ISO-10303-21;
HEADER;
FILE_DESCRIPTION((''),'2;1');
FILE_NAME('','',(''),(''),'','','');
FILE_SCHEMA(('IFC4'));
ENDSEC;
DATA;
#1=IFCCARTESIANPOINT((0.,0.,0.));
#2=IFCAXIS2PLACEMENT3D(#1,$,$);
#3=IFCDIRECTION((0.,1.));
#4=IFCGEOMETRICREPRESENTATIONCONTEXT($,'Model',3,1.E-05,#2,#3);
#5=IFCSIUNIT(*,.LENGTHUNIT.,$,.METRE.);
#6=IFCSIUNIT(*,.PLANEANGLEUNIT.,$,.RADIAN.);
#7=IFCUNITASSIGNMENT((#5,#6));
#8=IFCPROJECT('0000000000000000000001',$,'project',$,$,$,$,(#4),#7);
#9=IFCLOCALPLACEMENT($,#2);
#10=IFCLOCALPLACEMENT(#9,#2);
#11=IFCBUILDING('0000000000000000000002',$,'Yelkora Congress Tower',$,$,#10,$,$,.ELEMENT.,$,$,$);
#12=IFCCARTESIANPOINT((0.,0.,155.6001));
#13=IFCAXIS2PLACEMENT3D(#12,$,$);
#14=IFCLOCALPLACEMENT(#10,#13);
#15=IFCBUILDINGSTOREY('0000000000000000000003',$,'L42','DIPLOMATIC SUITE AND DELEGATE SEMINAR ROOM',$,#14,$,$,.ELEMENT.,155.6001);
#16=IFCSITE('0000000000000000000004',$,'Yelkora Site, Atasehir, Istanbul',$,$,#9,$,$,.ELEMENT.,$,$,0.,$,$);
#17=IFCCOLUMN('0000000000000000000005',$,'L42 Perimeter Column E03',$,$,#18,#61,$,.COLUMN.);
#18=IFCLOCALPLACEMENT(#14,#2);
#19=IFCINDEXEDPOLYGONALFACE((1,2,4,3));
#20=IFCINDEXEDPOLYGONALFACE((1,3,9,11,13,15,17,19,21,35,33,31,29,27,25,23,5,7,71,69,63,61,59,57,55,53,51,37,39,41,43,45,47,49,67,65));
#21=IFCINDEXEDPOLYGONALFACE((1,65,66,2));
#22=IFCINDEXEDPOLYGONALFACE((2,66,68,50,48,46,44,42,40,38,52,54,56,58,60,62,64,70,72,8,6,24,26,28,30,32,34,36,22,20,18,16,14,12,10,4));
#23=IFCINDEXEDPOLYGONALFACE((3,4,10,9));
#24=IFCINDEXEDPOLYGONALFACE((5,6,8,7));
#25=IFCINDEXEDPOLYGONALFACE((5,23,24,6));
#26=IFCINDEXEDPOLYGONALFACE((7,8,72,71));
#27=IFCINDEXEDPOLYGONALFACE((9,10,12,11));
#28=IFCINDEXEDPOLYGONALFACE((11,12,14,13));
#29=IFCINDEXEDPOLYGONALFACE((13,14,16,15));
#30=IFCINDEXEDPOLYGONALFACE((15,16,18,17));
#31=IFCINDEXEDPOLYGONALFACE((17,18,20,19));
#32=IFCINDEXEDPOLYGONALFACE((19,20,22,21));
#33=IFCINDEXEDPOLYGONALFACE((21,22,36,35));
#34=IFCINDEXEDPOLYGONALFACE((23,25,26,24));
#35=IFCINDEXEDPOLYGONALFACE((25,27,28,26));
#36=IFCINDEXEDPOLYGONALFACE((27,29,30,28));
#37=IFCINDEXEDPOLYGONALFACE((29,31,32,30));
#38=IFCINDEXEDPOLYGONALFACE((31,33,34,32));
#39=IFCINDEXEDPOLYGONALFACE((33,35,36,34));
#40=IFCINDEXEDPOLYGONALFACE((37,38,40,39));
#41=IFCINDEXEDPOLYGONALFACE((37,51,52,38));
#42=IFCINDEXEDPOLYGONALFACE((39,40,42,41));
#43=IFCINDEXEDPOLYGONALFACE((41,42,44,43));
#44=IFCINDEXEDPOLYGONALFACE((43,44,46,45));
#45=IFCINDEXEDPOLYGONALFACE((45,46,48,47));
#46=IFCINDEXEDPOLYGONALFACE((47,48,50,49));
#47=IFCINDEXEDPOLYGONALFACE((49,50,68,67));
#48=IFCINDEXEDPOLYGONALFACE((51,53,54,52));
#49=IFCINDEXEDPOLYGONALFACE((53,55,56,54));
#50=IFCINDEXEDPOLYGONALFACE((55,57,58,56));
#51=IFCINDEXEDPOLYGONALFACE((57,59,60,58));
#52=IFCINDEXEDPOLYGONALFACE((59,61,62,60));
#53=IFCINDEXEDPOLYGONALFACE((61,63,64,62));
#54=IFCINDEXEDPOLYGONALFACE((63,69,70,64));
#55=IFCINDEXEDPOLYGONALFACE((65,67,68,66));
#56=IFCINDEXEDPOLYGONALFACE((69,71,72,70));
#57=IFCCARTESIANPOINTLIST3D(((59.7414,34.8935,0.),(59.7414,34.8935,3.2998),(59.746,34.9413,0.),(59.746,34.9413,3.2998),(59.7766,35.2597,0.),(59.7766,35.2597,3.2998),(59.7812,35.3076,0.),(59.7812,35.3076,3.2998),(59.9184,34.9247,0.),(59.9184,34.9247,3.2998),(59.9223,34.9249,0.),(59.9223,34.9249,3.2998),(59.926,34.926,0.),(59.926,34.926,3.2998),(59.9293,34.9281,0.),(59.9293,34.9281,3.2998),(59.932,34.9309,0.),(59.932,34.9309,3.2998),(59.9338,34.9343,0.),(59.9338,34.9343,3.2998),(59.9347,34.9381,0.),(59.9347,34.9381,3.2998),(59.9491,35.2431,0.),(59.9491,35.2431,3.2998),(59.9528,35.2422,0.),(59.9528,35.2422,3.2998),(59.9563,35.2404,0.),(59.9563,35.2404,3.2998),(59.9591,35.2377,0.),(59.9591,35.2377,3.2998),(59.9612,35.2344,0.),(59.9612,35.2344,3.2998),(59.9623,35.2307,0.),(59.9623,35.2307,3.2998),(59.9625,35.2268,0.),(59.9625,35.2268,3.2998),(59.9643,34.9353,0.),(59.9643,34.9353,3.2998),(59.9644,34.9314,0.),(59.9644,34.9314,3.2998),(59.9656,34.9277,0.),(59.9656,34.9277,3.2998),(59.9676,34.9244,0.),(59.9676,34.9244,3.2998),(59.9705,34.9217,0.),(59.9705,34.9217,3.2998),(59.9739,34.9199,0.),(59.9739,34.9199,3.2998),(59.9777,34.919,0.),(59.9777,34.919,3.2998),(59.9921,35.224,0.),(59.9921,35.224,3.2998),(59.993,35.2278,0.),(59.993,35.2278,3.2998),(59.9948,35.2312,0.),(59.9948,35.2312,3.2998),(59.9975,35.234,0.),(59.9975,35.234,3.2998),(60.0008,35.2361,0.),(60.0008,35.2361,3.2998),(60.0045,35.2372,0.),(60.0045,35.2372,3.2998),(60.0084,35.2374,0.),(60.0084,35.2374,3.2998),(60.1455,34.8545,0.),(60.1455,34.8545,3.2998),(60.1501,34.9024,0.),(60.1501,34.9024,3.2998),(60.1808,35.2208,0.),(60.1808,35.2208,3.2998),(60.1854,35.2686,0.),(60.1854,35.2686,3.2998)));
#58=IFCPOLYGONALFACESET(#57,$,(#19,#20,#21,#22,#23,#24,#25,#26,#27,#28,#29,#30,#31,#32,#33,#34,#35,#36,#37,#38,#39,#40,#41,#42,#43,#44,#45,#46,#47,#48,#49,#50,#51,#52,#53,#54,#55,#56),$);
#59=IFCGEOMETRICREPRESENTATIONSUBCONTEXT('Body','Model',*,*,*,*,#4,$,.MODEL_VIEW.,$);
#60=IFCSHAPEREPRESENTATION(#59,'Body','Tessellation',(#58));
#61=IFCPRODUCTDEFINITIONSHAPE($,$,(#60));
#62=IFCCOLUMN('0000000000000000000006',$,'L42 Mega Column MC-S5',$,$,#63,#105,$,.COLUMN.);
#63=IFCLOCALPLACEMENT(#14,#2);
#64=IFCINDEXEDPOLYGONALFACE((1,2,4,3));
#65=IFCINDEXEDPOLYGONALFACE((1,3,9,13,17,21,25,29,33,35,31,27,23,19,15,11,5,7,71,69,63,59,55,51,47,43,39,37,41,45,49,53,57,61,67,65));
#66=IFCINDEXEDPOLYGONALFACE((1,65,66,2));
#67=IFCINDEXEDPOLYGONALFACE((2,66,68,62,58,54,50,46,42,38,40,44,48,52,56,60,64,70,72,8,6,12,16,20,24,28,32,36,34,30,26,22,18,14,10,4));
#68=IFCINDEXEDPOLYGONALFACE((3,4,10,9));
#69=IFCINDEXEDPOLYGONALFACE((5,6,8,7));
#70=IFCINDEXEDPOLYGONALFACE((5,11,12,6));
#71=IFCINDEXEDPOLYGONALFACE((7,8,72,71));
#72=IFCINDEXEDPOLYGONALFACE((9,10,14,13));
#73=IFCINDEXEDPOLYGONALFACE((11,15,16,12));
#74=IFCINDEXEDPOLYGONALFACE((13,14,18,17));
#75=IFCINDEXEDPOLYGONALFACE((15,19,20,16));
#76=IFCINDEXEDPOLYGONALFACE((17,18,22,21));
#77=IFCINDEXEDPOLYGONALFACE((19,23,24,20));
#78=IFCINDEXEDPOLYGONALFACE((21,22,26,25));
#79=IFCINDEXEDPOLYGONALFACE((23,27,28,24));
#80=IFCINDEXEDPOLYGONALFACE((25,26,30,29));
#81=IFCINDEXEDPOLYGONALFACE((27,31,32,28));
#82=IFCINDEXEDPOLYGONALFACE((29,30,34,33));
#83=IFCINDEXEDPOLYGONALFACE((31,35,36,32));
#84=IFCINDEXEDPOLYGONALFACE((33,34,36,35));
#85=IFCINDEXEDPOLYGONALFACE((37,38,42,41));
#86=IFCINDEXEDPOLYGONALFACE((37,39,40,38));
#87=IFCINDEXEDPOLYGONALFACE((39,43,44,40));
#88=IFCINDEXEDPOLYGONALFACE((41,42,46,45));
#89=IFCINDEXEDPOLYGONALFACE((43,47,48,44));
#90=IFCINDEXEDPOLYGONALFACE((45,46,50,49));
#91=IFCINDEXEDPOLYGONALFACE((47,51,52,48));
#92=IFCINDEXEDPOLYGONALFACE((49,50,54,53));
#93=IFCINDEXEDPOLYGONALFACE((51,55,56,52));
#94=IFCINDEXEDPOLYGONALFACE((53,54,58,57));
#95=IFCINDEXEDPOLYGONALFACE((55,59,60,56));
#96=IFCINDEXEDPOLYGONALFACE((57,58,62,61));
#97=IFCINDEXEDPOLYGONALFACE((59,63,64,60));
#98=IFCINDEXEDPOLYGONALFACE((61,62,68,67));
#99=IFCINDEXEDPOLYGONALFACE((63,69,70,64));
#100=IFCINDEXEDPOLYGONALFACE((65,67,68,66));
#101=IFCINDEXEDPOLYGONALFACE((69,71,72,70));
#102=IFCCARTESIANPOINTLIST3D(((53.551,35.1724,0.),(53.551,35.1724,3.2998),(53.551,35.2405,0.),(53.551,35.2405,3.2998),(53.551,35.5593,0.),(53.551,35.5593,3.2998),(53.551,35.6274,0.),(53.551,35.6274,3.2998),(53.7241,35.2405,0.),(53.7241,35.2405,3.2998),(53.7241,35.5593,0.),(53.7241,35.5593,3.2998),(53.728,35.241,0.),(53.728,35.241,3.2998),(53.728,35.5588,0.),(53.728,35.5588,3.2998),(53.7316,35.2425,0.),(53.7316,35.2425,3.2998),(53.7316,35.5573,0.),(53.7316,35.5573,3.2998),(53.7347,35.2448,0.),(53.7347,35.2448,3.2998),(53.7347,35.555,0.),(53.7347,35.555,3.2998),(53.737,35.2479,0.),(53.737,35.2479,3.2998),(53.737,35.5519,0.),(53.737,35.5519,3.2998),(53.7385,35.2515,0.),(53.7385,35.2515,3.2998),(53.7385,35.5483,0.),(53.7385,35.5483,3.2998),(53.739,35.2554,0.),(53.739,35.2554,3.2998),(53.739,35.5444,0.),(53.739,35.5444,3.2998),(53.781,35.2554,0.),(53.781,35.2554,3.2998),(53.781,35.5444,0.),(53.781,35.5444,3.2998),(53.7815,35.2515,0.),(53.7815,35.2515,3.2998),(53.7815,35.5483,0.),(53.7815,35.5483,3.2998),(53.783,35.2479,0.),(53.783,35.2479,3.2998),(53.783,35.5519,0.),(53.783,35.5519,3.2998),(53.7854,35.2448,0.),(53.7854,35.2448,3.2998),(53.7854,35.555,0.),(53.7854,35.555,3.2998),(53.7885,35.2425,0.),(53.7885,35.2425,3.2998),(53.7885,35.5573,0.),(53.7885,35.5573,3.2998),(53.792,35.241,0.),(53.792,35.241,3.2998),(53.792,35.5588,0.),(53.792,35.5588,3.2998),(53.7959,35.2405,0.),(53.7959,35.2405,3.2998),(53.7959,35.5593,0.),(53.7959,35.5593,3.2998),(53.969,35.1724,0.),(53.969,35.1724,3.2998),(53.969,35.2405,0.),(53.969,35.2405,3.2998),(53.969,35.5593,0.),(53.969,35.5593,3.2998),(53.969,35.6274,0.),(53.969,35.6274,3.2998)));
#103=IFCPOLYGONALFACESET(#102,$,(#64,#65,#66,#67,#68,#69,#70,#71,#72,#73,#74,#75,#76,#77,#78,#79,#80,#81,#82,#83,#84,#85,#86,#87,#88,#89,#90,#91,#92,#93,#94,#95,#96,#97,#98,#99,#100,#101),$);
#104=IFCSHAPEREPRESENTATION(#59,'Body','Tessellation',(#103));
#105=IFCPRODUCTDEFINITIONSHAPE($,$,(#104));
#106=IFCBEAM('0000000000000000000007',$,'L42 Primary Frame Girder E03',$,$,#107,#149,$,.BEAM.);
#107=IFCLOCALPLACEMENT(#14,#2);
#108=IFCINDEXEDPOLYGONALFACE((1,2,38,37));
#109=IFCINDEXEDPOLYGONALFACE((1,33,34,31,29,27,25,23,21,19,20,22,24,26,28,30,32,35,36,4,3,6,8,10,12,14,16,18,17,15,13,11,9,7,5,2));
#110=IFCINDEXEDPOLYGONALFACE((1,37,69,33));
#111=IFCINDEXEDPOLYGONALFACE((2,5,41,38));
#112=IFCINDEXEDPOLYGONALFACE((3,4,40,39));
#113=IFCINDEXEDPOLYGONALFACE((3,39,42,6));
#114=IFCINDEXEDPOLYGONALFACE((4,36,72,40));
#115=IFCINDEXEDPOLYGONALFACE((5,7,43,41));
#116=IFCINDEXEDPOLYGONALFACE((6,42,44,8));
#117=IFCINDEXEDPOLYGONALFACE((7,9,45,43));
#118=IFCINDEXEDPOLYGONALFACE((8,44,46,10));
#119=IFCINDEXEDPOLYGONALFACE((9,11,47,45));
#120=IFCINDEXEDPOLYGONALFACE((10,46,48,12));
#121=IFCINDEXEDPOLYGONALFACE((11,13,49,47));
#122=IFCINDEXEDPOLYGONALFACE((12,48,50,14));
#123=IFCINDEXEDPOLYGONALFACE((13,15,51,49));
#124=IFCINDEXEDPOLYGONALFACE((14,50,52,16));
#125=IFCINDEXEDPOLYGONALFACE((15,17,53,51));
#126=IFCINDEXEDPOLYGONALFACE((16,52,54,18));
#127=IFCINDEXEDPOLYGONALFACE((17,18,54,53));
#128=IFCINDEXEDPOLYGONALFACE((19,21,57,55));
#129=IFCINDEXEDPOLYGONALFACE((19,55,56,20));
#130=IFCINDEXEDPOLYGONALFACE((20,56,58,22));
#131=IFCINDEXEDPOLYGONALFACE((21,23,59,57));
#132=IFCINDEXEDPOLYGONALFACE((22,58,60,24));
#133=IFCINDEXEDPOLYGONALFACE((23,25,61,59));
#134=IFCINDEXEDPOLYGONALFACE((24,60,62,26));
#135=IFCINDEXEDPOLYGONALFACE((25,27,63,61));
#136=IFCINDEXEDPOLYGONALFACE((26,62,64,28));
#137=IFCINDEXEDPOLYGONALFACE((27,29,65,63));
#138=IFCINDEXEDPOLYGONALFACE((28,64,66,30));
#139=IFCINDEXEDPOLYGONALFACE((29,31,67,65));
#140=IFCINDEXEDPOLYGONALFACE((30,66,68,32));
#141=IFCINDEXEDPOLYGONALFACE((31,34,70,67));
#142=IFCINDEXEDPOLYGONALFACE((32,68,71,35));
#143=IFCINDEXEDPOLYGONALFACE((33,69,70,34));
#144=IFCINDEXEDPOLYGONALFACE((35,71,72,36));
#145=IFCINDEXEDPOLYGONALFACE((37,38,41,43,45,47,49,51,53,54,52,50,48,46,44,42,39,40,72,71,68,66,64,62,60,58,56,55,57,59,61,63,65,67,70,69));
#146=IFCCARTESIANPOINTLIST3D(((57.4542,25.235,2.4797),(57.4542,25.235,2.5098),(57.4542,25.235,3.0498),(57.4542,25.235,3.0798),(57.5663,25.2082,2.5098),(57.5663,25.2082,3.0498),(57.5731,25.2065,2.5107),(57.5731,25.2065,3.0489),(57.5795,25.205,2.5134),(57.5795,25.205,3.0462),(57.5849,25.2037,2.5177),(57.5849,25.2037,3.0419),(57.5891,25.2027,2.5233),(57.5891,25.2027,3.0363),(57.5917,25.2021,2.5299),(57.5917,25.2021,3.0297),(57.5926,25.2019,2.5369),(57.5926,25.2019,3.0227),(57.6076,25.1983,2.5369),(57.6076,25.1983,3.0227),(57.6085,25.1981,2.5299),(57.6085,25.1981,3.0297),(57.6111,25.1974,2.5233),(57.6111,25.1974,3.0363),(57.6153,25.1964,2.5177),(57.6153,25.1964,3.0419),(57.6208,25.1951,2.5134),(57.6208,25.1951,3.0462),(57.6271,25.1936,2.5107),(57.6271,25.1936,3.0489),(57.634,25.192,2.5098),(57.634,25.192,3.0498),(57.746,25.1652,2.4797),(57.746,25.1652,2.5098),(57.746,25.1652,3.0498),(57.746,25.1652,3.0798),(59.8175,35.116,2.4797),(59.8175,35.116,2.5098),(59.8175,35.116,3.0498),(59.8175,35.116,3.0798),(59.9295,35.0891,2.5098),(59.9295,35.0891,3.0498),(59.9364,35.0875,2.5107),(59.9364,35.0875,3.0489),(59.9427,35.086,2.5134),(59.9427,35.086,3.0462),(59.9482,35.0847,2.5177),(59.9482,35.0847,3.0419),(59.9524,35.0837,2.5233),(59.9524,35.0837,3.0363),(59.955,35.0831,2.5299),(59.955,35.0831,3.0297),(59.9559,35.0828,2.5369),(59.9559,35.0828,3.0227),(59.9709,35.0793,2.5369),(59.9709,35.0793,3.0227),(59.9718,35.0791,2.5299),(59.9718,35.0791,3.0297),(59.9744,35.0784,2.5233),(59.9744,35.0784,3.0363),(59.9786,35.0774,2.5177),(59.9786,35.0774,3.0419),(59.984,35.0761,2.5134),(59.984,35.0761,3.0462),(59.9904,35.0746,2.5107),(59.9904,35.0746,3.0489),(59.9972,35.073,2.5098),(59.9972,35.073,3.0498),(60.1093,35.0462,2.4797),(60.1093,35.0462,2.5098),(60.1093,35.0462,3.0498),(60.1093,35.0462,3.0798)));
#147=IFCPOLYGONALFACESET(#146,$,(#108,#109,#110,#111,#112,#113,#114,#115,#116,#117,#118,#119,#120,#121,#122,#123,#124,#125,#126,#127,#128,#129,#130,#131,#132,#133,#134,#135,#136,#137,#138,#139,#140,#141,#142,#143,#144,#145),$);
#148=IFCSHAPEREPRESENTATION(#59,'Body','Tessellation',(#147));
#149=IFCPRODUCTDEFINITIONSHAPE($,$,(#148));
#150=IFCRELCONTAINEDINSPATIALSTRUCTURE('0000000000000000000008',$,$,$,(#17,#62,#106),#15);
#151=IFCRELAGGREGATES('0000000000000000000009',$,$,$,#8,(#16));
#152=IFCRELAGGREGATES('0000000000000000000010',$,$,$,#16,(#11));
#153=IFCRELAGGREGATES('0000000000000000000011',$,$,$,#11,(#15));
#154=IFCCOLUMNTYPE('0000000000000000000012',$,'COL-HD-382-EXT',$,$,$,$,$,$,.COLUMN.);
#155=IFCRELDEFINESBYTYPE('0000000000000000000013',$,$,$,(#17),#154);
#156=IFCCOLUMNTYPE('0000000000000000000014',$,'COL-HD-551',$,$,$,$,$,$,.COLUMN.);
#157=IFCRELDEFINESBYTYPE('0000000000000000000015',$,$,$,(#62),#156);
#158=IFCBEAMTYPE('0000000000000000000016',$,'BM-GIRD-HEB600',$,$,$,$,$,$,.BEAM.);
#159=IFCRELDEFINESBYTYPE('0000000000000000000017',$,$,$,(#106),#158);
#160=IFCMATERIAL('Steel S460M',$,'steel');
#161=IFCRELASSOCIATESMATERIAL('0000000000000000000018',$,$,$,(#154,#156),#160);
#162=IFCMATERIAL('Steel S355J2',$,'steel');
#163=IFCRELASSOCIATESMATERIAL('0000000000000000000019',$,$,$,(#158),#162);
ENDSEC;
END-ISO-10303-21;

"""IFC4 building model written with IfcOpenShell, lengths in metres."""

from ifc_helpers import new_model, si_unit, direction, frame, origin, origin_2d, place, context, subcontext, project, spatial, i_section, extrude, material, material_profile, profile_set, type_object, element, save


model = new_model("IFC4")

# Units and contexts
model_context = context("Model", 3, precision=1e-05, world=origin(), true_north=direction((0.0, 1.0)))
body_context = subcontext(model_context, "Body", "Model", "MODEL_VIEW")
ifc_project = project(units=[si_unit("LENGTHUNIT", "METRE"), si_unit("PLANEANGLEUNIT", "RADIAN")], contexts=[model_context])

# Site, building, storey
site_placement = place(None, origin())
site = spatial("IfcSite", under=ifc_project, at=site_placement, Name="Yelkora Site, Atasehir, Istanbul", CompositionType="ELEMENT", RefElevation=0.0)
building_placement = place(site_placement, origin())
building = spatial("IfcBuilding", under=site, at=building_placement, Name="Yelkora Congress Tower", CompositionType="ELEMENT")
storey_placement = place(building_placement, frame((0.0, 0.0, 155.6001)))
storey = spatial("IfcBuildingStorey", under=building, at=storey_placement, Name="L42", Description="DIPLOMATIC SUITE AND DELEGATE SEMINAR ROOM", CompositionType="ELEMENT", Elevation=155.6001)

# Columns
ifc_material_1 = material(Name="Steel S460M", Category="steel")
ifc_material_profile_1 = material_profile(ifc_material_1, i_section(OverallWidth=0.406, OverallDepth=0.416, WebThickness=0.0298, FlangeThickness=0.0481, FilletRadius=0.0149, at=origin_2d()), Name="HD 400x382")
ifc_profile_set_1 = profile_set([ifc_material_profile_1], Name="Steel S460M")
column_type_1 = type_object("IfcColumnType", Name="COL-HD-382-EXT", PredefinedType="COLUMN", material=ifc_profile_set_1)
column_1_placement = place(storey_placement, frame((59.9634, 35.0811, 0.0), z_axis=(0.0, 0.0, 1.0), x_axis=(0.995396, -0.095846, 0.0)))
element("IfcColumn", 1, at=column_1_placement, inside=storey, type_object=column_type_1, Name="L42 Perimeter Column E03", PredefinedType="COLUMN", context=body_context, shape_type="SweptSolid", body=[
    extrude(i_section(OverallWidth=0.406, OverallDepth=0.416, WebThickness=0.0298, FlangeThickness=0.0481, FilletRadius=0.0149, at=origin_2d()), origin(), (0.0, 0.0, 1.0), 3.2998),
])
ifc_material_profile_2 = material_profile(ifc_material_1, i_section(OverallWidth=0.418, OverallDepth=0.4551, WebThickness=0.042, FlangeThickness=0.0681, FilletRadius=0.0149, at=origin_2d()), Name="HD 400x551")
ifc_profile_set_2 = profile_set([ifc_material_profile_2], Name="Steel S460M")
column_type_2 = type_object("IfcColumnType", Name="COL-HD-551", PredefinedType="COLUMN", material=ifc_profile_set_2)
column_2_placement = place(storey_placement, frame((53.76, 35.3999, 0.0), z_axis=(0.0, 0.0, 1.0), x_axis=(1.0, 0.0, 0.0)))
element("IfcColumn", 2, at=column_2_placement, inside=storey, type_object=column_type_2, Name="L42 Mega Column MC-S5", PredefinedType="COLUMN", context=body_context, shape_type="SweptSolid", body=[
    extrude(i_section(OverallWidth=0.418, OverallDepth=0.4551, WebThickness=0.042, FlangeThickness=0.0681, FilletRadius=0.0149, at=origin_2d()), origin(), (0.0, 0.0, 1.0), 3.2998),
])

# Beam
ifc_material_2 = material(Name="Steel S355J2", Category="steel")
ifc_material_profile_3 = material_profile(ifc_material_2, i_section(OverallWidth=0.3, OverallDepth=0.6001, WebThickness=0.0154, FlangeThickness=0.03, FilletRadius=0.0271, at=origin_2d()), Name="HEB 600")
ifc_profile_set_3 = profile_set([ifc_material_profile_3], Name="Steel S355J2")
beam_type_1 = type_object("IfcBeamType", Name="BM-GIRD-HEB600", PredefinedType="BEAM", material=ifc_profile_set_3)
beam_1_placement = place(storey_placement, frame((59.9634, 35.0811, 2.7798), z_axis=(-0.232611, -0.97257, 0.0), x_axis=(0.97257, -0.232611, 0.0)))
element("IfcBeam", 3, at=beam_1_placement, inside=storey, type_object=beam_type_1, Name="L42 Primary Frame Girder E03", PredefinedType="BEAM", context=body_context, shape_type="SweptSolid", body=[
    extrude(i_section(OverallWidth=0.3, OverallDepth=0.6001, WebThickness=0.0154, FlangeThickness=0.03, FilletRadius=0.0271, at=origin_2d()), origin(), (0.0, 0.0, 1.0), 10.1597),
])

save(model, "model.ifc")
